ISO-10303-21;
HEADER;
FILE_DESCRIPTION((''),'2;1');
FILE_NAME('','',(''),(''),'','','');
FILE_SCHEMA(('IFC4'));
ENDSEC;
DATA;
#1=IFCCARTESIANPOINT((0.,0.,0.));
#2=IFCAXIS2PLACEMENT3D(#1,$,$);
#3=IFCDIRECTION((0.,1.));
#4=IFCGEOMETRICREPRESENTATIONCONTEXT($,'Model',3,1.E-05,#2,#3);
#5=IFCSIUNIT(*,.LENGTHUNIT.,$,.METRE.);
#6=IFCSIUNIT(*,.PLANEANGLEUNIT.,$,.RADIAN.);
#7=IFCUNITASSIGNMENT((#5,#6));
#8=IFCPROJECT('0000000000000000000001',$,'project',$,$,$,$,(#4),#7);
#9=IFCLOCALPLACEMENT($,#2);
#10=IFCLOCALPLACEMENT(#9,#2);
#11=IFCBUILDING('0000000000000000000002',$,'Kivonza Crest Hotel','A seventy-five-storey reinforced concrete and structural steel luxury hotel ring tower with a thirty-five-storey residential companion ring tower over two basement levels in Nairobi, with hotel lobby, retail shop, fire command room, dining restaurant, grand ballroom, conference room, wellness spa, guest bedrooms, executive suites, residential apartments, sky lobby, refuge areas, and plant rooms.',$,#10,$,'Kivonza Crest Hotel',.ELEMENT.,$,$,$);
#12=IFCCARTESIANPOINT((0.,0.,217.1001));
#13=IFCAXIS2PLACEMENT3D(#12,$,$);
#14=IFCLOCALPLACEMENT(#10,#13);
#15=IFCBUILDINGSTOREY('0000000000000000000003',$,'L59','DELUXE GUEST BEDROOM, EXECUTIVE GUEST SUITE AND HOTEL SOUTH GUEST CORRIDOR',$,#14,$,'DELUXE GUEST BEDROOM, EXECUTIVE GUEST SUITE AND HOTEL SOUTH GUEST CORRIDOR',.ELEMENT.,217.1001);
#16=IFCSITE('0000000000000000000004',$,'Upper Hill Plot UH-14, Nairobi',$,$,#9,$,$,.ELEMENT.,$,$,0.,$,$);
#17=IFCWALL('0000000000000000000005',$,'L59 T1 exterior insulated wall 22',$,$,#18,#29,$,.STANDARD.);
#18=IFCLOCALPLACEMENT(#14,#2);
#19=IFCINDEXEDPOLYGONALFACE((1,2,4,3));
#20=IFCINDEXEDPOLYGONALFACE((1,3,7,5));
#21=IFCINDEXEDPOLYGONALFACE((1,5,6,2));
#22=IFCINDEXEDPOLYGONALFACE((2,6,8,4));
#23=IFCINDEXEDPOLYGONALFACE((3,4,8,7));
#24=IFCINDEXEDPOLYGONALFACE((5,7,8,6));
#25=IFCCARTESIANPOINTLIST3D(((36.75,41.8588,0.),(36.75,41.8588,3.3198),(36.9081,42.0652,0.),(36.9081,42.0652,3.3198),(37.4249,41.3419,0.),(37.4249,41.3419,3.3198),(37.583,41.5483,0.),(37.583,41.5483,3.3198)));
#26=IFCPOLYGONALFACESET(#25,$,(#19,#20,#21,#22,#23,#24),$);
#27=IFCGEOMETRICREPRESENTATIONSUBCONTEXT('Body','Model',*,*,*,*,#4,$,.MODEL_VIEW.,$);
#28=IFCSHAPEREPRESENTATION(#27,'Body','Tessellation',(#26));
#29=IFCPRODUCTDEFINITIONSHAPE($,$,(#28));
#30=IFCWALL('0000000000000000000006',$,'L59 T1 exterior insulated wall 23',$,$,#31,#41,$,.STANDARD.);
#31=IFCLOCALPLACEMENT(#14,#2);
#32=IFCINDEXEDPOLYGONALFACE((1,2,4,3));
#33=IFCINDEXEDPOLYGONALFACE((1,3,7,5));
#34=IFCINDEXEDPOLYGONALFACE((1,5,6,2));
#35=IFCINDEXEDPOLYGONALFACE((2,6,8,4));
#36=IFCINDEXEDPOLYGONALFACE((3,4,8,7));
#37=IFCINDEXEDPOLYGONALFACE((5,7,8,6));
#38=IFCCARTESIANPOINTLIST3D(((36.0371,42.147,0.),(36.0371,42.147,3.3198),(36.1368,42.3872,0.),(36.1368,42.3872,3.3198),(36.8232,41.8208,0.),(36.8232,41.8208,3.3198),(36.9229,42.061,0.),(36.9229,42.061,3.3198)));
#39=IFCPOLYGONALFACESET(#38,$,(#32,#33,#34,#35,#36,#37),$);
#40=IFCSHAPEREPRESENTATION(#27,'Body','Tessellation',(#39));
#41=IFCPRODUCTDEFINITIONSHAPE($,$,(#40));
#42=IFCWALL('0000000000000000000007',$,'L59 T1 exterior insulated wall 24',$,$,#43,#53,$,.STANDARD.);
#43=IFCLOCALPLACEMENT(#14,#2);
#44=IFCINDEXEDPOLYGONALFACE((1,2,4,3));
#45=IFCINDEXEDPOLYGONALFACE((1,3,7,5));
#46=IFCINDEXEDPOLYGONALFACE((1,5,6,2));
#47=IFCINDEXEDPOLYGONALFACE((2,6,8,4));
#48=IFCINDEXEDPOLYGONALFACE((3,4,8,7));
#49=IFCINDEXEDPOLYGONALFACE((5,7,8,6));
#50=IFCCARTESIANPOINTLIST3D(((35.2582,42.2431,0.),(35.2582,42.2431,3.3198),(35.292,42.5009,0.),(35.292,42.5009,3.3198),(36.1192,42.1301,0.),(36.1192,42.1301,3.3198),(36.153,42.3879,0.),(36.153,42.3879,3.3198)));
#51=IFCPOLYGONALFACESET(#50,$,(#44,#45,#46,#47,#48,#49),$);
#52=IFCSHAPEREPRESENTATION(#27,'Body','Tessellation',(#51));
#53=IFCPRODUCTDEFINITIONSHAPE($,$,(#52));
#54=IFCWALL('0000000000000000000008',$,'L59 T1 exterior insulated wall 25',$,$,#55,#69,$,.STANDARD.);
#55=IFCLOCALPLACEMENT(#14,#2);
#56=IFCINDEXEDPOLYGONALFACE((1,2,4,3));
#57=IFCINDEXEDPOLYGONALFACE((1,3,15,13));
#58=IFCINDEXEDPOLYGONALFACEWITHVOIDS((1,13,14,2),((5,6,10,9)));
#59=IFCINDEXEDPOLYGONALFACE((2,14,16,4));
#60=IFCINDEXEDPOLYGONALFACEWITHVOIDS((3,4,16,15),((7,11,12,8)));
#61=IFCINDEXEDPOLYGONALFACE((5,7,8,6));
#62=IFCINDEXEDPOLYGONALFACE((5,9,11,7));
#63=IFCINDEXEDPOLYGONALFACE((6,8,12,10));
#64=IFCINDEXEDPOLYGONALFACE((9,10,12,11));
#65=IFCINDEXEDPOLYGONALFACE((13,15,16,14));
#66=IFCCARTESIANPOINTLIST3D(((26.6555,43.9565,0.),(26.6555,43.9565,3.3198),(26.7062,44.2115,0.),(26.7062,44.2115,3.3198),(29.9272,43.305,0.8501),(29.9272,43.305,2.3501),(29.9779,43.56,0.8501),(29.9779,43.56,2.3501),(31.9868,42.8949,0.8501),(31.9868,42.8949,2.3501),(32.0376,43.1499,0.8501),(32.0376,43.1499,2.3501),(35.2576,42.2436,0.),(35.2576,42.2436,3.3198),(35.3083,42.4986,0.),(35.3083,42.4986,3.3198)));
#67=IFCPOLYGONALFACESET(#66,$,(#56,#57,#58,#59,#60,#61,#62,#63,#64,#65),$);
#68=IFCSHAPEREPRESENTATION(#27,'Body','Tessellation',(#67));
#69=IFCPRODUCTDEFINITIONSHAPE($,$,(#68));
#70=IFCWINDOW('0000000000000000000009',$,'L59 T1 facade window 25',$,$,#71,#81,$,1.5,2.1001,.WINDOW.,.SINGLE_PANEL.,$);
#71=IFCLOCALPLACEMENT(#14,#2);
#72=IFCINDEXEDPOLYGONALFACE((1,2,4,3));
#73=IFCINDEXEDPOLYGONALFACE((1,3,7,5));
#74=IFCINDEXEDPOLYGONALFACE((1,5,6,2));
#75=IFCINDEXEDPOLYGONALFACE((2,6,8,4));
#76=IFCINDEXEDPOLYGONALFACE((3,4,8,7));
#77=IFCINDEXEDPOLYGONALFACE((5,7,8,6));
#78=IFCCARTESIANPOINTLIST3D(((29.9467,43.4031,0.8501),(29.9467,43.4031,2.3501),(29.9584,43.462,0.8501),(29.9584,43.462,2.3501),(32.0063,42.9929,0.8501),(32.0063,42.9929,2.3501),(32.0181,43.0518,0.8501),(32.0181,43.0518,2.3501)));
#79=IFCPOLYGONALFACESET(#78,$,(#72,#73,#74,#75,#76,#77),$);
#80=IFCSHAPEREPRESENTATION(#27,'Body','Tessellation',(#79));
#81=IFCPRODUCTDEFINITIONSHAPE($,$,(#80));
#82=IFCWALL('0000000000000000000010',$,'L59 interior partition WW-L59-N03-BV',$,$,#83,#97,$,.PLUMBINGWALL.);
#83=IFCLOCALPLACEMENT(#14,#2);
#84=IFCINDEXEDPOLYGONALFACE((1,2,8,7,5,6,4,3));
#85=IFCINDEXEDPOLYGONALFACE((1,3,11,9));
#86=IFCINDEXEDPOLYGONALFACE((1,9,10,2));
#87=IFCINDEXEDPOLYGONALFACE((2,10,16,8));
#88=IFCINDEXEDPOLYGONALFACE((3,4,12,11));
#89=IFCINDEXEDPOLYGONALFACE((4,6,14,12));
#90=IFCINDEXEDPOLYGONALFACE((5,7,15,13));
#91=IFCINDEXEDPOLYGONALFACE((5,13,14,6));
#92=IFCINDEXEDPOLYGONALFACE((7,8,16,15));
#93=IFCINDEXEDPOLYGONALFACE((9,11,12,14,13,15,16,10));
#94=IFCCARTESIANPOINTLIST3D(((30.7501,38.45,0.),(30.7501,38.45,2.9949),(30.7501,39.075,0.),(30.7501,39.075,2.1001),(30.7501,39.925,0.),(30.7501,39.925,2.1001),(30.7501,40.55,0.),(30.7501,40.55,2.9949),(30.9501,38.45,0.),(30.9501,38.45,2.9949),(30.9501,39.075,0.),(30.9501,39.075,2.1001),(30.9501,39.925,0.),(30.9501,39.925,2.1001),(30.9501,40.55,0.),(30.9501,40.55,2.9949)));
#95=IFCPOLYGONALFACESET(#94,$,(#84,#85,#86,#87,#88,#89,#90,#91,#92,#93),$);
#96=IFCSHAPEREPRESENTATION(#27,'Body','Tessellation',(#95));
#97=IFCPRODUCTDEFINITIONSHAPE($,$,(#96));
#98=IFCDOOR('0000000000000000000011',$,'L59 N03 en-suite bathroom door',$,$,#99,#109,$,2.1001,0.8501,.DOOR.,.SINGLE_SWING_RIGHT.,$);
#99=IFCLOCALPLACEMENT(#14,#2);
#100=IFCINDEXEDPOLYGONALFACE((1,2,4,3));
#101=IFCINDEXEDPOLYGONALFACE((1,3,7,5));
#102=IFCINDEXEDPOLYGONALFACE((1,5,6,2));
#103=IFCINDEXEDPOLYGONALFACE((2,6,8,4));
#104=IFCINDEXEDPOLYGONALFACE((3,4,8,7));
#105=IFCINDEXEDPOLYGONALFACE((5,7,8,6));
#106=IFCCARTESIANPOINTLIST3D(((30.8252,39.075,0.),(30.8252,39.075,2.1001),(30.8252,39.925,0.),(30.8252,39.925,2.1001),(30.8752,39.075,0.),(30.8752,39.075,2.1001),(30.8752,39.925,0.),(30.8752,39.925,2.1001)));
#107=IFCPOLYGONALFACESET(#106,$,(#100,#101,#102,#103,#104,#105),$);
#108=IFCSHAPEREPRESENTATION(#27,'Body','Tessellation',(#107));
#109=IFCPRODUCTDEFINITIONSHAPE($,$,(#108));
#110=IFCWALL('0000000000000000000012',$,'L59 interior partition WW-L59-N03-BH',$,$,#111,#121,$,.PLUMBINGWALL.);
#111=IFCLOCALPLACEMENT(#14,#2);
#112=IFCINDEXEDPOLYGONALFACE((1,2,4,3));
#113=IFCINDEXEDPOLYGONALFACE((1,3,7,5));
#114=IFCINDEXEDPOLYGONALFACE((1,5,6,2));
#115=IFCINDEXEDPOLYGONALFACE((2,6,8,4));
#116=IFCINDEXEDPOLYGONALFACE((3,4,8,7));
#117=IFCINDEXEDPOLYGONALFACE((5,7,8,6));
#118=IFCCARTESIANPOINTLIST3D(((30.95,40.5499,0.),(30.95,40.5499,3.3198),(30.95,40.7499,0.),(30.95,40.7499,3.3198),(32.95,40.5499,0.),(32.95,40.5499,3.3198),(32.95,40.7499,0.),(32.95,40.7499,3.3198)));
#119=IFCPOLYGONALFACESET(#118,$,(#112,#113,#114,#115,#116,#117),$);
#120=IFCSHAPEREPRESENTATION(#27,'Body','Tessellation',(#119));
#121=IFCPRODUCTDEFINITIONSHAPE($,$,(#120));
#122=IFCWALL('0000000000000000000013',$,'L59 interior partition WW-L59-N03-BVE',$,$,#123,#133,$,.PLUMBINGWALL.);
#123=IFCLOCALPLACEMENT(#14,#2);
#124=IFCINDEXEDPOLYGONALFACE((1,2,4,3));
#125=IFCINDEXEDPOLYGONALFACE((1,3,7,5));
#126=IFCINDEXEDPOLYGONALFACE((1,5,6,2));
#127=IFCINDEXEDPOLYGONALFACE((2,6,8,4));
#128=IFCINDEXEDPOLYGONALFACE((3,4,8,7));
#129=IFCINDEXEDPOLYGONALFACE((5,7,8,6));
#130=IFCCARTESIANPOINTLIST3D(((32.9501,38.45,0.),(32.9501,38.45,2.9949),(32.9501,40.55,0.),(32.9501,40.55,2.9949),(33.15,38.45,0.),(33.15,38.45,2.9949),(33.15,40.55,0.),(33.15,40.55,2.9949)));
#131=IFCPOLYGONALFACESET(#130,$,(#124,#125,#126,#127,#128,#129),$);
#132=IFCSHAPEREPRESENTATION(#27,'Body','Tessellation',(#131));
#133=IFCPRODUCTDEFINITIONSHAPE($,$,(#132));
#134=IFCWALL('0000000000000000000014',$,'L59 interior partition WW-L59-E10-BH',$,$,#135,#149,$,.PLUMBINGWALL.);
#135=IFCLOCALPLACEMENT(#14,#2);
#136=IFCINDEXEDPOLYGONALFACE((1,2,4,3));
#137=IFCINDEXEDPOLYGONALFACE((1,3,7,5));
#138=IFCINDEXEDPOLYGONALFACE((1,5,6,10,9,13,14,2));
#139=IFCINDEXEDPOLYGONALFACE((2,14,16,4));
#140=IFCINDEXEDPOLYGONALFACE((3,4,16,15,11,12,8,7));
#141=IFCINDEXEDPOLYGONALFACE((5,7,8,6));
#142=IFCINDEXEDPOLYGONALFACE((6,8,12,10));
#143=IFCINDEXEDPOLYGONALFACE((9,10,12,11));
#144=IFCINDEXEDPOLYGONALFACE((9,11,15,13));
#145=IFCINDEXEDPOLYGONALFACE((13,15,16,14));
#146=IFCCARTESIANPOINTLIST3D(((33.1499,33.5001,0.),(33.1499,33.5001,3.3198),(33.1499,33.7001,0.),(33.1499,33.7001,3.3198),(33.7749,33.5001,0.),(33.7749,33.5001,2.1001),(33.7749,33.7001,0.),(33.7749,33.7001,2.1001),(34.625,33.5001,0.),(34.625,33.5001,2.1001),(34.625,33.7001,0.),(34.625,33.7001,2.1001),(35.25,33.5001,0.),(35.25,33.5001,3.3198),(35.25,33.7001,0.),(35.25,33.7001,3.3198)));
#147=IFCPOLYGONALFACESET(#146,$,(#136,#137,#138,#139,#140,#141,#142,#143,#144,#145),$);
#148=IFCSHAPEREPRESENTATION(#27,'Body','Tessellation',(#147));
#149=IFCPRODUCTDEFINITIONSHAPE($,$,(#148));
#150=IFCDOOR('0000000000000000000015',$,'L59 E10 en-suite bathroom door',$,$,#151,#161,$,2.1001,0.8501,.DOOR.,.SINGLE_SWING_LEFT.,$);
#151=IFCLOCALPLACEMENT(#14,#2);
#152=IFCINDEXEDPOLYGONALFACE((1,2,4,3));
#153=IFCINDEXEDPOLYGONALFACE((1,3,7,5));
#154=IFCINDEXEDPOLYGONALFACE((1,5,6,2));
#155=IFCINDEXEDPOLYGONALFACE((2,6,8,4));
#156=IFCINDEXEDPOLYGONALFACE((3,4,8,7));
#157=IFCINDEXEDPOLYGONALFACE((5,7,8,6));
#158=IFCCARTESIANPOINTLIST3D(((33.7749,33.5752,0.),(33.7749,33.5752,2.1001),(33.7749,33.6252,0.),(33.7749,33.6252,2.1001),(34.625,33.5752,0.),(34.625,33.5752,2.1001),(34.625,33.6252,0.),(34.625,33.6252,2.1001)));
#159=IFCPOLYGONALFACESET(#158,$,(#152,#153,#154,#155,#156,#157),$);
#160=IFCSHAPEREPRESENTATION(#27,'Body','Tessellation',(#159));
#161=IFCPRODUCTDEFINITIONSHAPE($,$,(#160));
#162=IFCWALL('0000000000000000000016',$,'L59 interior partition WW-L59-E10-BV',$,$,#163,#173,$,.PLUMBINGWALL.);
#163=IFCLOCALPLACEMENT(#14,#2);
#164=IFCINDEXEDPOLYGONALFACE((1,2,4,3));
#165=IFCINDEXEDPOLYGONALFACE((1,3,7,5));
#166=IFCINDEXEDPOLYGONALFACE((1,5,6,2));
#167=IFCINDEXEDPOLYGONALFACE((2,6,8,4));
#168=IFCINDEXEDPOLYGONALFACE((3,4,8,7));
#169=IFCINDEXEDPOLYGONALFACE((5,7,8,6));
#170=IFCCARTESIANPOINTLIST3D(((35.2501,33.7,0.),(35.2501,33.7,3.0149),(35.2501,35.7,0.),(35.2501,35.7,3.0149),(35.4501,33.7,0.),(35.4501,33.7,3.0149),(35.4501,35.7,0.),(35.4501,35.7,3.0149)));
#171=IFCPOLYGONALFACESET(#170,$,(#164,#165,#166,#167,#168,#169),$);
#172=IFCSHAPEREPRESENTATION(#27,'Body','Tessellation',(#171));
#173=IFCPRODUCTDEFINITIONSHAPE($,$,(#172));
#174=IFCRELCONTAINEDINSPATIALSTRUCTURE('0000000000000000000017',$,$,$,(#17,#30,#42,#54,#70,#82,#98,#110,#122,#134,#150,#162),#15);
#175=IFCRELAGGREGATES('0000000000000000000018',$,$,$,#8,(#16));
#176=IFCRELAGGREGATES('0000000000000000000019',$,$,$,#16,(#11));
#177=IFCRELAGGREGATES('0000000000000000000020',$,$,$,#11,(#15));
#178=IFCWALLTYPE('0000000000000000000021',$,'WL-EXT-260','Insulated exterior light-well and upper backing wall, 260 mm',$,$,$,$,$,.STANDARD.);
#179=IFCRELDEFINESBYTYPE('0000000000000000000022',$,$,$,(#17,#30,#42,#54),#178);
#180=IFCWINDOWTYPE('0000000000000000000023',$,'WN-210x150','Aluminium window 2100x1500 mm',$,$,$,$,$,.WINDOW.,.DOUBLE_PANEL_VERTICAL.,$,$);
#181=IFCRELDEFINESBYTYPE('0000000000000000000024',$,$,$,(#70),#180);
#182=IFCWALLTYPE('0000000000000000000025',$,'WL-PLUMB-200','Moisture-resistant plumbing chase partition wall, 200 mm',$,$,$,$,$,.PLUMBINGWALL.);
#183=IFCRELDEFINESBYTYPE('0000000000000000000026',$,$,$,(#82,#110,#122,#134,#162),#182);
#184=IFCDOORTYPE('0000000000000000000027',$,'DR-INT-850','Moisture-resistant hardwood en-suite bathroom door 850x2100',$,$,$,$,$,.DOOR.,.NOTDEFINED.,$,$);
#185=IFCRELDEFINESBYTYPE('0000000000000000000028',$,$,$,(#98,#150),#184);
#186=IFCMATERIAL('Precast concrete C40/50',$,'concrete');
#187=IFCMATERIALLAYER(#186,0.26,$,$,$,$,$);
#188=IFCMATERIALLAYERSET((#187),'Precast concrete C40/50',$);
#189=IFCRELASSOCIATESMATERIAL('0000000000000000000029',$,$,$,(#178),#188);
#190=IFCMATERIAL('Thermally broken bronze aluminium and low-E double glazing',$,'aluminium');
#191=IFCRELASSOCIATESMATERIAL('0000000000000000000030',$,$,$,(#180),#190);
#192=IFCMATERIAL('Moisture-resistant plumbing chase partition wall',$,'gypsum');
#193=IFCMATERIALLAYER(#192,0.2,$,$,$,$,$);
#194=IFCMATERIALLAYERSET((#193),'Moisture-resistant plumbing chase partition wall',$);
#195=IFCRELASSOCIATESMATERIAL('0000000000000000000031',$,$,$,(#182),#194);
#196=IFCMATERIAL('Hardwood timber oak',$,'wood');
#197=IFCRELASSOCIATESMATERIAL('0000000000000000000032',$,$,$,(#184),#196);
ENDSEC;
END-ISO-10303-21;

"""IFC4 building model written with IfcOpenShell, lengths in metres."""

from ifc_helpers import new_model, si_unit, direction, frame, frame_2d, origin, place, context, subcontext, project, spatial, rectangle, extrude, material, layer, layer_set, type_object, element, fill, save


model = new_model("IFC4")

# Units and contexts
model_context = context("Model", 3, precision=1e-05, world=origin(), true_north=direction((0.0, 1.0)))
body_context = subcontext(model_context, "Body", "Model", "MODEL_VIEW")
ifc_project = project(units=[si_unit("LENGTHUNIT", "METRE"), si_unit("PLANEANGLEUNIT", "RADIAN")], contexts=[model_context])

# Site, building, storey
site_placement = place(None, origin())
site = spatial("IfcSite", under=ifc_project, at=site_placement, Name="Upper Hill Plot UH-14, Nairobi", CompositionType="ELEMENT", RefElevation=0.0)
building_placement = place(site_placement, origin())
building = spatial("IfcBuilding", under=site, at=building_placement, Name="Kivonza Crest Hotel", Description="A seventy-five-storey reinforced concrete and structural steel luxury hotel ring tower with a thirty-five-storey residential companion ring tower over two basement levels in Nairobi, with hotel lobby, retail shop, fire command room, dining restaurant, grand ballroom, conference room, wellness spa, guest bedrooms, executive suites, residential apartments, sky lobby, refuge areas, and plant rooms.", LongName="Kivonza Crest Hotel", CompositionType="ELEMENT")
storey_placement = place(building_placement, frame((0.0, 0.0, 217.1001)))
storey = spatial("IfcBuildingStorey", under=building, at=storey_placement, Name="L59", Description="DELUXE GUEST BEDROOM, EXECUTIVE GUEST SUITE AND HOTEL SOUTH GUEST CORRIDOR", LongName="DELUXE GUEST BEDROOM, EXECUTIVE GUEST SUITE AND HOTEL SOUTH GUEST CORRIDOR", CompositionType="ELEMENT", Elevation=217.1001)

# Walls
ifc_material_1 = material(Name="Precast concrete C40/50", Category="concrete")
ifc_layer_1 = layer(ifc_material_1, 0.26)
ifc_layer_set_1 = layer_set([ifc_layer_1], Name="Precast concrete C40/50")
wall_type_1 = type_object("IfcWallType", Name="WL-EXT-260", Description="Insulated exterior light-well and upper backing wall, 260 mm", PredefinedType="STANDARD", material=ifc_layer_set_1)
for number, where, z_axis, x_axis, name in (
    (1, (37.5039, 41.4451, 0.0), (0.0, 0.0, 1.0), (-0.793893, 0.608058, 0.0), "L59 T1 exterior insulated wall 22"),
):
    element("IfcWall", number, at=place(storey_placement, frame(where, z_axis=z_axis, x_axis=x_axis)), inside=storey, type_object=wall_type_1, Name=name, PredefinedType="STANDARD", context=body_context, shape_type="SweptSolid", body=[
        extrude(rectangle(XDim=0.8501, YDim=0.26, at=frame_2d((0.425, 0.0))), origin(), (0.0, 0.0, 1.0), 3.3198),
    ])
wall_1_placement = place(storey_placement, frame((36.873, 41.9409, 0.0), z_axis=(0.0, 0.0, 1.0), x_axis=(-0.923653, 0.38323, 0.0)))
element("IfcWall", 2, at=wall_1_placement, inside=storey, type_object=wall_type_1, Name="L59 T1 exterior insulated wall 23", PredefinedType="STANDARD", context=body_context, shape_type="SweptSolid", body=[
    extrude(rectangle(XDim=0.8511, YDim=0.26, at=frame_2d((0.4255, 0.0))), origin(), (0.0, 0.0, 1.0), 3.3198),
])
wall_2_placement = place(storey_placement, frame((36.136, 42.259, 0.0), z_axis=(0.0, 0.0, 1.0), x_axis=(-0.991493, 0.130156, 0.0)))
element("IfcWall", 3, at=wall_2_placement, inside=storey, type_object=wall_type_1, Name="L59 T1 exterior insulated wall 24", PredefinedType="STANDARD", context=body_context, shape_type="SweptSolid", body=[
    extrude(rectangle(XDim=0.8684, YDim=0.26, at=frame_2d((0.4341, 0.0))), origin(), (0.0, 0.0, 1.0), 3.3198),
])

# Wall, opening, window
wall_3_placement = place(storey_placement, frame((35.283, 42.3711, 0.0), z_axis=(0.0, 0.0, 1.0), x_axis=(-0.980745, 0.195292, 0.0)))
wall_3 = element("IfcWall", 4, at=wall_3_placement, inside=storey, type_object=wall_type_1, Name="L59 T1 exterior insulated wall 25", PredefinedType="STANDARD", context=body_context, shape_type="SweptSolid", body=[
    extrude(rectangle(XDim=8.771, YDim=0.26, at=frame_2d((4.3855, 0.0))), origin(), (0.0, 0.0, 1.0), 3.3198),
])
opening_1_placement = place(wall_3_placement, frame((3.335, 0.0, 0.8501)))
opening_1 = element("IfcOpeningElement", 5, at=opening_1_placement, cuts=wall_3, PredefinedType="OPENING", context=body_context, shape_type="SweptSolid", body=[
    extrude(rectangle(XDim=2.1001, YDim=1.5, at=frame_2d((1.05, 0.75))), frame((0.0, 0.1401, 0.0), z_axis=(0.0, -1.0, 0.0), x_axis=(1.0, 0.0, 0.0)), (0.0, 0.0, 1.0), 0.28),
])
ifc_material_2 = material(Name="Thermally broken bronze aluminium and low-E double glazing", Category="aluminium")
window_type = type_object("IfcWindowType", Name="WN-210x150", Description="Aluminium window 2100x1500 mm", PartitioningType="DOUBLE_PANEL_VERTICAL", PredefinedType="WINDOW", material=ifc_material_2)
window_placement = place(opening_1_placement, origin())
window = element("IfcWindow", 6, at=window_placement, inside=storey, type_object=window_type, Name="L59 T1 facade window 25", OverallHeight=1.5, OverallWidth=2.1001, PartitioningType="SINGLE_PANEL", PredefinedType="WINDOW", context=body_context, shape_type="SweptSolid", body=[
    extrude(rectangle(XDim=2.1001, YDim=1.5, at=frame_2d((1.05, 0.75))), frame((0.0, 0.03, 0.0), z_axis=(0.0, -1.0, 0.0), x_axis=(1.0, 0.0, 0.0)), (0.0, 0.0, 1.0), 0.0601),
])
fill(opening_1, window)

# Wall, opening, door
ifc_material_3 = material(Name="Moisture-resistant plumbing chase partition wall", Category="gypsum")
ifc_layer_2 = layer(ifc_material_3, 0.2)
ifc_layer_set_2 = layer_set([ifc_layer_2], Name="Moisture-resistant plumbing chase partition wall")
wall_type_2 = type_object("IfcWallType", Name="WL-PLUMB-200", Description="Moisture-resistant plumbing chase partition wall, 200 mm", PredefinedType="PLUMBINGWALL", material=ifc_layer_set_2)
wall_4_placement = place(storey_placement, frame((30.8501, 38.45, 0.0), z_axis=(0.0, 0.0, 1.0), x_axis=(0.0, 1.0, 0.0)))
wall_4 = element("IfcWall", 7, at=wall_4_placement, inside=storey, type_object=wall_type_2, Name="L59 interior partition WW-L59-N03-BV", PredefinedType="PLUMBINGWALL", context=body_context, shape_type="SweptSolid", body=[
    extrude(rectangle(XDim=2.1001, YDim=0.2, at=frame_2d((1.05, 0.0))), origin(), (0.0, 0.0, 1.0), 2.9949),
])
opening_2_placement = place(wall_4_placement, frame((0.625, 0.0, 0.0)))
opening_2 = element("IfcOpeningElement", 8, at=opening_2_placement, cuts=wall_4, PredefinedType="OPENING", context=body_context, shape_type="SweptSolid", body=[
    extrude(rectangle(XDim=0.8501, YDim=2.1001, at=frame_2d((0.425, 1.05))), frame((0.0, 0.1099, 0.0), z_axis=(0.0, -1.0, 0.0), x_axis=(1.0, 0.0, 0.0)), (0.0, 0.0, 1.0), 0.22),
])
ifc_material_4 = material(Name="Hardwood timber oak", Category="wood")
door_type = type_object("IfcDoorType", Name="DR-INT-850", Description="Moisture-resistant hardwood en-suite bathroom door 850x2100", OperationType="NOTDEFINED", PredefinedType="DOOR", material=ifc_material_4)
door_1_placement = place(opening_2_placement, origin())
door_1 = element("IfcDoor", 9, at=door_1_placement, inside=storey, type_object=door_type, Name="L59 N03 en-suite bathroom door", OperationType="SINGLE_SWING_RIGHT", OverallHeight=2.1001, OverallWidth=0.8501, PredefinedType="DOOR", context=body_context, shape_type="SweptSolid", body=[
    extrude(rectangle(XDim=0.8501, YDim=2.1001, at=frame_2d((0.425, 1.05))), frame((0.0, 0.0249, 0.0), z_axis=(0.0, -1.0, 0.0), x_axis=(1.0, 0.0, 0.0)), (0.0, 0.0, 1.0), 0.05),
])
fill(opening_2, door_1)

# Walls
wall_5_placement = place(storey_placement, frame((30.95, 40.6499, 0.0), z_axis=(0.0, 0.0, 1.0), x_axis=(1.0, 0.0, 0.0)))
element("IfcWall", 10, at=wall_5_placement, inside=storey, type_object=wall_type_2, Name="L59 interior partition WW-L59-N03-BH", PredefinedType="PLUMBINGWALL", context=body_context, shape_type="SweptSolid", body=[
    extrude(rectangle(XDim=2.0, YDim=0.2, at=frame_2d((1.0, 0.0))), origin(), (0.0, 0.0, 1.0), 3.3198),
])
wall_6_placement = place(storey_placement, frame((33.05, 38.45, 0.0), z_axis=(0.0, 0.0, 1.0), x_axis=(0.0, 1.0, 0.0)))
element("IfcWall", 11, at=wall_6_placement, inside=storey, type_object=wall_type_2, Name="L59 interior partition WW-L59-N03-BVE", PredefinedType="PLUMBINGWALL", context=body_context, shape_type="SweptSolid", body=[
    extrude(rectangle(XDim=2.1001, YDim=0.2, at=frame_2d((1.05, 0.0))), origin(), (0.0, 0.0, 1.0), 2.9949),
])

# Wall, opening, door
wall_7_placement = place(storey_placement, frame((33.1499, 33.6001, 0.0), z_axis=(0.0, 0.0, 1.0), x_axis=(1.0, 0.0, 0.0)))
wall_7 = element("IfcWall", 12, at=wall_7_placement, inside=storey, type_object=wall_type_2, Name="L59 interior partition WW-L59-E10-BH", PredefinedType="PLUMBINGWALL", context=body_context, shape_type="SweptSolid", body=[
    extrude(rectangle(XDim=2.1001, YDim=0.2, at=frame_2d((1.05, 0.0))), origin(), (0.0, 0.0, 1.0), 3.3198),
])
opening_3_placement = place(wall_7_placement, frame((0.625, 0.0, 0.0)))
opening_3 = element("IfcOpeningElement", 13, at=opening_3_placement, cuts=wall_7, PredefinedType="OPENING", context=body_context, shape_type="SweptSolid", body=[
    extrude(rectangle(XDim=0.8501, YDim=2.1001, at=frame_2d((0.425, 1.05))), frame((0.0, 0.1099, 0.0), z_axis=(0.0, -1.0, 0.0), x_axis=(1.0, 0.0, 0.0)), (0.0, 0.0, 1.0), 0.22),
])
door_2_placement = place(opening_3_placement, frame((0.8501, 0.0, 0.0), z_axis=(0.0, 0.0, 1.0), x_axis=(-1.0, 0.0, 0.0)))
door_2 = element("IfcDoor", 14, at=door_2_placement, inside=storey, type_object=door_type, Name="L59 E10 en-suite bathroom door", OperationType="SINGLE_SWING_LEFT", OverallHeight=2.1001, OverallWidth=0.8501, PredefinedType="DOOR", context=body_context, shape_type="SweptSolid", body=[
    extrude(rectangle(XDim=0.8501, YDim=2.1001, at=frame_2d((0.425, 1.05))), frame((0.0, 0.0249, 0.0), z_axis=(0.0, -1.0, 0.0), x_axis=(1.0, 0.0, 0.0)), (0.0, 0.0, 1.0), 0.05),
])
fill(opening_3, door_2)

# Wall
wall_8_placement = place(storey_placement, frame((35.3501, 33.7, 0.0), z_axis=(0.0, 0.0, 1.0), x_axis=(0.0, 1.0, 0.0)))
element("IfcWall", 15, at=wall_8_placement, inside=storey, type_object=wall_type_2, Name="L59 interior partition WW-L59-E10-BV", PredefinedType="PLUMBINGWALL", context=body_context, shape_type="SweptSolid", body=[
    extrude(rectangle(XDim=2.0, YDim=0.2, at=frame_2d((1.0, 0.0))), origin(), (0.0, 0.0, 1.0), 3.0149),
])

save(model, "model.ifc")
